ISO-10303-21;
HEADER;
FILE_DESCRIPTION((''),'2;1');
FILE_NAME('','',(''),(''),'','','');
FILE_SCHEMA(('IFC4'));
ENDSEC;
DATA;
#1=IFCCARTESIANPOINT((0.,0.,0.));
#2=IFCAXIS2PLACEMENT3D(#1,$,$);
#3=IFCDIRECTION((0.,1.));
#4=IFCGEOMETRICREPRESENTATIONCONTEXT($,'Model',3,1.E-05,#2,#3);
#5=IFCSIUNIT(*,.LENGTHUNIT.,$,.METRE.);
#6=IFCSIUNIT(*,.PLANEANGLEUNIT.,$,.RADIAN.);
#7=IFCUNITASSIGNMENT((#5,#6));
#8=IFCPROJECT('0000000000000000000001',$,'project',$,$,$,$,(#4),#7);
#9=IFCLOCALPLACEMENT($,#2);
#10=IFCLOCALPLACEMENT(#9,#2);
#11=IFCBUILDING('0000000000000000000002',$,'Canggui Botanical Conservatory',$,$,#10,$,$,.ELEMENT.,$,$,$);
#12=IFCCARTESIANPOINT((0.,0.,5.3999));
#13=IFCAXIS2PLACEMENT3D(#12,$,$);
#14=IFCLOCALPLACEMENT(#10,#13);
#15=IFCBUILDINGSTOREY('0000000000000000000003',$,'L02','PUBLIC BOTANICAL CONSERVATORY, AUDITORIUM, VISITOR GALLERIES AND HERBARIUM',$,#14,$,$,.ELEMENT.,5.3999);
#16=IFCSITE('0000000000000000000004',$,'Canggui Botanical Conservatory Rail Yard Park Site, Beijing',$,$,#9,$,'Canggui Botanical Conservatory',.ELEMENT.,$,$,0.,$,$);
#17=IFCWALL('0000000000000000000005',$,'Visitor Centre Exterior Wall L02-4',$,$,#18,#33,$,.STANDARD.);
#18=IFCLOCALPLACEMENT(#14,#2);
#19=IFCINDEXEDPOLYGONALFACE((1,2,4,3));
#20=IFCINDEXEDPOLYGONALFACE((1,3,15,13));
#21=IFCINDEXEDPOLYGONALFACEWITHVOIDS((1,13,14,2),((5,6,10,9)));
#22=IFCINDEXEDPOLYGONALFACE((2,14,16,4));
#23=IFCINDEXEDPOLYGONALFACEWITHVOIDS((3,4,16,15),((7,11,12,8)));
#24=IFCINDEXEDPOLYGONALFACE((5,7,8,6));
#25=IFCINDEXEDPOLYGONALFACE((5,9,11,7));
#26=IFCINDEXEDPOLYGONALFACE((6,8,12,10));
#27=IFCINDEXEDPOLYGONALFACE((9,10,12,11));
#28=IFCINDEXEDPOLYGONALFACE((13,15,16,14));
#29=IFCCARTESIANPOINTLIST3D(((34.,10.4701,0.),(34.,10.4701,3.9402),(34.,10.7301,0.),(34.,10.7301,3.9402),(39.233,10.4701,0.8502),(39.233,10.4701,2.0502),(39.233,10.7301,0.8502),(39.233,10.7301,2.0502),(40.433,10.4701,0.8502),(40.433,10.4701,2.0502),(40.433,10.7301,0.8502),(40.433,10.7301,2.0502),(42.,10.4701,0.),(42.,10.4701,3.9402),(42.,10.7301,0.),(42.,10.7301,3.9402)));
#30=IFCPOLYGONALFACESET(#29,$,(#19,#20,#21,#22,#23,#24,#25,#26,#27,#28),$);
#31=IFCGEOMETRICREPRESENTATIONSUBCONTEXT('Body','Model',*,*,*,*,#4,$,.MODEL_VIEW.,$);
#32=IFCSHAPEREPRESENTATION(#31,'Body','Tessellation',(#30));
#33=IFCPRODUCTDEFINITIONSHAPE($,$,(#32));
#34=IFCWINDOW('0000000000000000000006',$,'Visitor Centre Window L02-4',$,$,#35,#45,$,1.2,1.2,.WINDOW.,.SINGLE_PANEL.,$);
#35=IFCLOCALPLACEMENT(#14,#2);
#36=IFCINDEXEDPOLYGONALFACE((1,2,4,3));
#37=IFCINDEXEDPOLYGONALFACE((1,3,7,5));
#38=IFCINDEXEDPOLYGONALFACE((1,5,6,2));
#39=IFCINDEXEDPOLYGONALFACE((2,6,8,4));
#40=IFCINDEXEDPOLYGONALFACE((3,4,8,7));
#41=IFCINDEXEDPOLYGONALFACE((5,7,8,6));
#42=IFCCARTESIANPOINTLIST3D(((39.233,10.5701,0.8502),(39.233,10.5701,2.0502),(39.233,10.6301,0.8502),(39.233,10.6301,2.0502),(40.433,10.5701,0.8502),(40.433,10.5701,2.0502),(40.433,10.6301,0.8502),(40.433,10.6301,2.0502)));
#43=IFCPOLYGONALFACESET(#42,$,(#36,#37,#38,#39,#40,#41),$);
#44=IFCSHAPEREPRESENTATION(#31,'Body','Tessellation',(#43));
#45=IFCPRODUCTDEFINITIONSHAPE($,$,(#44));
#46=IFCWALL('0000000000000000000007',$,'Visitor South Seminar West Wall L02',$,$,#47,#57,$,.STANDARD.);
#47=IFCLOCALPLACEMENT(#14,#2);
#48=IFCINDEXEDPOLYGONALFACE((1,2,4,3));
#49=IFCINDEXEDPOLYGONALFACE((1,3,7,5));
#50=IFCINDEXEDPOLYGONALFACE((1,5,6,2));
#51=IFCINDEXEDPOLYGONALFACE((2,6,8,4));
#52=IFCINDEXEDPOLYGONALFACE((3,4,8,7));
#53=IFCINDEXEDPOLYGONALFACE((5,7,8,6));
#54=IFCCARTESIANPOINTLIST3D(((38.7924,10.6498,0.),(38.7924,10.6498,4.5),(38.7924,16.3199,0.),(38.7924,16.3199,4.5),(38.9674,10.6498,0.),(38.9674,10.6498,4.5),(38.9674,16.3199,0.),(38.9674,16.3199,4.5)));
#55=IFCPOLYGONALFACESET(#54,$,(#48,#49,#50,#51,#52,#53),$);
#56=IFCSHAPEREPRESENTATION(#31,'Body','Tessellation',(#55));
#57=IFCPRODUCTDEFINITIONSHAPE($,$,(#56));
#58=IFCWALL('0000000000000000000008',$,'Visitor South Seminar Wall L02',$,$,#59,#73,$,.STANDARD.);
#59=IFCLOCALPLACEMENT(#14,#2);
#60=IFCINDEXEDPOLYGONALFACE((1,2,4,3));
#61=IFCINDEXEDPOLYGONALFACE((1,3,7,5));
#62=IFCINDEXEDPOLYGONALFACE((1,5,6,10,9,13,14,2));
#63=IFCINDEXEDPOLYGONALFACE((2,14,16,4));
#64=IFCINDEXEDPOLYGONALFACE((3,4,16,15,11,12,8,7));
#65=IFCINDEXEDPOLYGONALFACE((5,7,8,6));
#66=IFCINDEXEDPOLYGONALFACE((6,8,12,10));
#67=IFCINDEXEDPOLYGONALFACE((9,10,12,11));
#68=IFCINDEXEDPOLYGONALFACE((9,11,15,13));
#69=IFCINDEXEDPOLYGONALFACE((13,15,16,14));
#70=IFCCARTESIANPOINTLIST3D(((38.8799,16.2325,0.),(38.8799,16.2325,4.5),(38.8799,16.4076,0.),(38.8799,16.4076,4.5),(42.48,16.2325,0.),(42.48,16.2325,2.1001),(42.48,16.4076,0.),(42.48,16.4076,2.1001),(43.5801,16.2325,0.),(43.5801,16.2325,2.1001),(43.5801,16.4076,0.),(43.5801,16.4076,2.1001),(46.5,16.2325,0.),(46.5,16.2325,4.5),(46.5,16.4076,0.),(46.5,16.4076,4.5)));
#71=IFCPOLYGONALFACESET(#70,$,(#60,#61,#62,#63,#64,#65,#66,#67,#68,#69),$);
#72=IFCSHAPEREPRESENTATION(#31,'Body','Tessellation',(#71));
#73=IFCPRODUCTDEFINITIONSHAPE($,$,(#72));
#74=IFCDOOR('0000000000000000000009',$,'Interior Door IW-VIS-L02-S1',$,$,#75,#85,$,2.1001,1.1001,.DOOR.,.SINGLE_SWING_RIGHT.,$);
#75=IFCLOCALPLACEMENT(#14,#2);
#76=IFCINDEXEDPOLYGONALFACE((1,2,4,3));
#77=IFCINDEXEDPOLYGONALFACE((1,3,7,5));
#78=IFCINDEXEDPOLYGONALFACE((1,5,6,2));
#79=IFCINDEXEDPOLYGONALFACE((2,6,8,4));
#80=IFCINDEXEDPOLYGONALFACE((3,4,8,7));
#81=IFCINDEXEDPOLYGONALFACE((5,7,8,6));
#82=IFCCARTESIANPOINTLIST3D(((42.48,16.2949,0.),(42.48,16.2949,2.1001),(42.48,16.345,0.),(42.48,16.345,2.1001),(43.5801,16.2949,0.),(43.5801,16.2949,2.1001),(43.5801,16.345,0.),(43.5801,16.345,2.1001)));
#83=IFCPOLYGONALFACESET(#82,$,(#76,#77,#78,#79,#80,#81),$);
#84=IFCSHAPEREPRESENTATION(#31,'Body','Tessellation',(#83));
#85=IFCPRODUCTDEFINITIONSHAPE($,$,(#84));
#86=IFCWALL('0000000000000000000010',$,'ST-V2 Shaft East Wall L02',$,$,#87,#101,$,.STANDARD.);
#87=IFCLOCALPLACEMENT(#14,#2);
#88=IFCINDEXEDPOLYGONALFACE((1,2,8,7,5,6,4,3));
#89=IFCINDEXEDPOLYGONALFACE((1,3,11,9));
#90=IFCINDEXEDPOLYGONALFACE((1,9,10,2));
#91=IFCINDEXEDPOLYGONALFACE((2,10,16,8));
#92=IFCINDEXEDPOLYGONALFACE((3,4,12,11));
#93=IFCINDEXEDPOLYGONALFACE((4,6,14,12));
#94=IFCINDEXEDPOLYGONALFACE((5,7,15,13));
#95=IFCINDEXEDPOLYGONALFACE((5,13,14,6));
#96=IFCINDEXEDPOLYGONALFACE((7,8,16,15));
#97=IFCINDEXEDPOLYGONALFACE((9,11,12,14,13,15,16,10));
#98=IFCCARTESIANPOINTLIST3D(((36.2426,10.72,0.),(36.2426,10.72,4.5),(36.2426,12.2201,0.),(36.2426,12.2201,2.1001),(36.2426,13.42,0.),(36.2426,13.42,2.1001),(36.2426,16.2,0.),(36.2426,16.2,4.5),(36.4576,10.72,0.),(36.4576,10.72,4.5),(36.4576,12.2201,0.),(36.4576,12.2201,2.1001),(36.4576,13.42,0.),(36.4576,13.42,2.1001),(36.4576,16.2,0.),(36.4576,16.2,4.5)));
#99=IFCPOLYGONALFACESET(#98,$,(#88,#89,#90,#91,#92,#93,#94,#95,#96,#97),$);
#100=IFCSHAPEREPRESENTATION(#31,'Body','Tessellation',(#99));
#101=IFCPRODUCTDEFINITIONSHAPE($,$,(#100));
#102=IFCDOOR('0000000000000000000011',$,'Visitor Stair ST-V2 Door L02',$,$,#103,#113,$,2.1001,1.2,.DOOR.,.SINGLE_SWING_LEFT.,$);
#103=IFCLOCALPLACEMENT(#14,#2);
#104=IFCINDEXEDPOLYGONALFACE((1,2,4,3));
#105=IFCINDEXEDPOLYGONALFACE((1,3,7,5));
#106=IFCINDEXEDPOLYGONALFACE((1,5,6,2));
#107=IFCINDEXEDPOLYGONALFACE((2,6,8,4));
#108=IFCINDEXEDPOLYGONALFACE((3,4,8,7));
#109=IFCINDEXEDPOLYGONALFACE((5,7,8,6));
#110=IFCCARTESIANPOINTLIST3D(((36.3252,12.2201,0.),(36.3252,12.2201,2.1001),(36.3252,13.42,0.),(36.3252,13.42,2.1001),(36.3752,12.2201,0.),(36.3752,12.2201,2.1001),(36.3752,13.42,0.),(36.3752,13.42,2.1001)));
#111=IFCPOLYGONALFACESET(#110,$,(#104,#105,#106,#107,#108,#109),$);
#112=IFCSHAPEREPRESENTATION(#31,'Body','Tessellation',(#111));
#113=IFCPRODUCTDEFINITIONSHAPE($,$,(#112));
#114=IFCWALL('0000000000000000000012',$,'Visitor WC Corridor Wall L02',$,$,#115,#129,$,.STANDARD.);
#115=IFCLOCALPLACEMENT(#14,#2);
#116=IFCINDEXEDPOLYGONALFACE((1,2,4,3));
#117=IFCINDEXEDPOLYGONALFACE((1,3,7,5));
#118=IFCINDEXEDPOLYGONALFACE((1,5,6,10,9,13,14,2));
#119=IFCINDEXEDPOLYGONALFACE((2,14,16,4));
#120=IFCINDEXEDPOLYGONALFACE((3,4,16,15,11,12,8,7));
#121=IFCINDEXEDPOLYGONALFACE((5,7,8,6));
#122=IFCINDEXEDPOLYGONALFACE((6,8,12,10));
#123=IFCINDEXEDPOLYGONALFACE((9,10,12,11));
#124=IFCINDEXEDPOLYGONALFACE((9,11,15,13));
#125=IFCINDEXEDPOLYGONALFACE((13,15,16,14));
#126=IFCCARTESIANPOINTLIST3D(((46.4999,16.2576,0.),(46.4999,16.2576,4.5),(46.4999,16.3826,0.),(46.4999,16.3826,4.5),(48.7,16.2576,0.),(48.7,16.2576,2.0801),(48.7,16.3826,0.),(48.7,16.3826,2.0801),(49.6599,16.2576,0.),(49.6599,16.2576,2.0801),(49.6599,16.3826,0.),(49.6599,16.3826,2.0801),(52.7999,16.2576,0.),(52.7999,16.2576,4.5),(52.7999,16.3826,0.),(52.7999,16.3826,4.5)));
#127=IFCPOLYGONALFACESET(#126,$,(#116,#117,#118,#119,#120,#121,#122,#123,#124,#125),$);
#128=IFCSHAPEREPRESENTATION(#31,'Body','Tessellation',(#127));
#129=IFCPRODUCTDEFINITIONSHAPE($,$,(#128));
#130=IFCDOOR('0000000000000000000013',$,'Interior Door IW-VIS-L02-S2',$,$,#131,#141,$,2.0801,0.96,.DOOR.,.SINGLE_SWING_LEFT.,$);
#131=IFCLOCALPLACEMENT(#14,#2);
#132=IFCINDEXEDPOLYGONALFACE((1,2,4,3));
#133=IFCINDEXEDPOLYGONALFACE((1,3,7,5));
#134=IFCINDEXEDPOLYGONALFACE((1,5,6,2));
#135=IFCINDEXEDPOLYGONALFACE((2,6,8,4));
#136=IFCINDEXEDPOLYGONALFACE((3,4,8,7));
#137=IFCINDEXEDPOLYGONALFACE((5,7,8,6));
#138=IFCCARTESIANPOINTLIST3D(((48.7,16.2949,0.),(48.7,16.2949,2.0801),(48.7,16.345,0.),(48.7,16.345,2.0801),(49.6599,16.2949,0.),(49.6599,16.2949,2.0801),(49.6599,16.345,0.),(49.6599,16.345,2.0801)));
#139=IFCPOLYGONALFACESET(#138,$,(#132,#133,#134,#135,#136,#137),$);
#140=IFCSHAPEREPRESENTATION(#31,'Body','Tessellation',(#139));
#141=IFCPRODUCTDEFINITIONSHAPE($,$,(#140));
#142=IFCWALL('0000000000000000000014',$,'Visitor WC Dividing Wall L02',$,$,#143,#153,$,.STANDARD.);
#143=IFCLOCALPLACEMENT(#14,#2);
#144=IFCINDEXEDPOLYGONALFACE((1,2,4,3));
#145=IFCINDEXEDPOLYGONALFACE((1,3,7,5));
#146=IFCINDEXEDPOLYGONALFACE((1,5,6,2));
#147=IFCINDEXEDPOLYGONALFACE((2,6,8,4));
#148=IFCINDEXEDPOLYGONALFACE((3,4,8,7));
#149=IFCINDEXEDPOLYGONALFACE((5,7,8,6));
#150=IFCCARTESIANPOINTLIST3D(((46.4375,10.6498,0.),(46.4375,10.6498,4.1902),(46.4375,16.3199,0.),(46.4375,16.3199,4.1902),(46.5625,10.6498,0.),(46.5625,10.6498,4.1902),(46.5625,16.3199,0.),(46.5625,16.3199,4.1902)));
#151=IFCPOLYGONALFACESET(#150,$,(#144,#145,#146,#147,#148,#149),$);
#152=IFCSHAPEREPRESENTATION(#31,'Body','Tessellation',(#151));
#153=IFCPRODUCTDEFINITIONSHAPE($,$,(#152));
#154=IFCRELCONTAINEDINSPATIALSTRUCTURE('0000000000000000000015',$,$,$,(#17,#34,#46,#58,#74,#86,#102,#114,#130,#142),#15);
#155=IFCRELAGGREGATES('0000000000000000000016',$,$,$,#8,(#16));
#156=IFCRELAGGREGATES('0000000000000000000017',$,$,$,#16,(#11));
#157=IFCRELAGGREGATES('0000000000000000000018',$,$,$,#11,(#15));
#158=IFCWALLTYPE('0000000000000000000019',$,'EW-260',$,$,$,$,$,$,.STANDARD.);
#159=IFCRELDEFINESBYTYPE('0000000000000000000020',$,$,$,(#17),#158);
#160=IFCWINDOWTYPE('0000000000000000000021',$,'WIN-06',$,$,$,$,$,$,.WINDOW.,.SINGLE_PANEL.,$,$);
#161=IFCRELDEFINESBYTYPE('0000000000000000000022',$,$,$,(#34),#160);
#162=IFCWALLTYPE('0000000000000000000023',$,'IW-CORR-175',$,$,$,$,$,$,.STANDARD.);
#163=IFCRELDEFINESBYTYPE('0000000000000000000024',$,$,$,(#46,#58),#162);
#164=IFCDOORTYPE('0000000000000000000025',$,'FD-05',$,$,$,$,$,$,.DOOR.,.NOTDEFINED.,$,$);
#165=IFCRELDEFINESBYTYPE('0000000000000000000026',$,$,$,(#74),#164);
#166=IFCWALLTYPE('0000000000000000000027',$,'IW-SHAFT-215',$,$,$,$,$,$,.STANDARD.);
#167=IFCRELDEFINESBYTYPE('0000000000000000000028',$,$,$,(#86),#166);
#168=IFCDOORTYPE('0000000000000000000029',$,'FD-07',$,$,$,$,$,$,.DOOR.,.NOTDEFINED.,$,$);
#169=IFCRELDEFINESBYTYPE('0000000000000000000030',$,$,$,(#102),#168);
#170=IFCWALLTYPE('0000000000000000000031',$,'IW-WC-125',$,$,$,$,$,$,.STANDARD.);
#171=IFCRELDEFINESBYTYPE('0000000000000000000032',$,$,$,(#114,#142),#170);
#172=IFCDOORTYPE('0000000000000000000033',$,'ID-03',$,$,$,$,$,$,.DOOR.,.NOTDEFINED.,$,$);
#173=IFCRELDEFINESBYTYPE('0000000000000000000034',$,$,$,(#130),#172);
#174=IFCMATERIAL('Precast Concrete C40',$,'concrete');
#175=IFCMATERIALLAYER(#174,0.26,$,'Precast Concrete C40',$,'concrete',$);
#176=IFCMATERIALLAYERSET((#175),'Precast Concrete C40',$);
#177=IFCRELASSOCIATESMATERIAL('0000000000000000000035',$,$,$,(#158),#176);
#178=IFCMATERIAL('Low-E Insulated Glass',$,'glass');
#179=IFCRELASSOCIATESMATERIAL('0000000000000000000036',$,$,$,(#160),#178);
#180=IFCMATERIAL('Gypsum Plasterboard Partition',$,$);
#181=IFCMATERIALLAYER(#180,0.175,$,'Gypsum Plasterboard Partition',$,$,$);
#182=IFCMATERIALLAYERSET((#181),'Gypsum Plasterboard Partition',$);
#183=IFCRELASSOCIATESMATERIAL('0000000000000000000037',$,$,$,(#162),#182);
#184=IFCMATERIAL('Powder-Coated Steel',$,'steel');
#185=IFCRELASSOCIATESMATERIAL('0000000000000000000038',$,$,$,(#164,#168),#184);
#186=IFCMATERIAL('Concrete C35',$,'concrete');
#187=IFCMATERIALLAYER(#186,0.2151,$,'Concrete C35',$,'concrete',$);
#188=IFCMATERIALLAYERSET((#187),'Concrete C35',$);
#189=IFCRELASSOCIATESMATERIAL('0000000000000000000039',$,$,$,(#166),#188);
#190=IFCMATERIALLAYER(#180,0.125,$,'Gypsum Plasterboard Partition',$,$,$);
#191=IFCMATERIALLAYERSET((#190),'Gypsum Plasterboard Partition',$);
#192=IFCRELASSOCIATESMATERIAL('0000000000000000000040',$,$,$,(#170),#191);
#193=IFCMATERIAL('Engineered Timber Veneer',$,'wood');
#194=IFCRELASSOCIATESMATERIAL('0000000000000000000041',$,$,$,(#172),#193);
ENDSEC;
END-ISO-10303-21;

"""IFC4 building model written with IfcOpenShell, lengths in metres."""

from ifc_helpers import new_model, si_unit, direction, frame, frame_2d, origin, place, context, subcontext, project, spatial, rectangle, extrude, material, layer, layer_set, type_object, element, fill, save


model = new_model("IFC4")

# Units and contexts
model_context = context("Model", 3, precision=1e-05, world=origin(), true_north=direction((0.0, 1.0)))
body_context = subcontext(model_context, "Body", "Model", "MODEL_VIEW")
ifc_project = project(units=[si_unit("LENGTHUNIT", "METRE"), si_unit("PLANEANGLEUNIT", "RADIAN")], contexts=[model_context])

# Site, building, storey
site_placement = place(None, origin())
site = spatial("IfcSite", under=ifc_project, at=site_placement, Name="Canggui Botanical Conservatory Rail Yard Park Site, Beijing", LongName="Canggui Botanical Conservatory", CompositionType="ELEMENT", RefElevation=0.0)
building_placement = place(site_placement, origin())
building = spatial("IfcBuilding", under=site, at=building_placement, Name="Canggui Botanical Conservatory", CompositionType="ELEMENT")
storey_placement = place(building_placement, frame((0.0, 0.0, 5.3999)))
storey = spatial("IfcBuildingStorey", under=building, at=storey_placement, Name="L02", Description="PUBLIC BOTANICAL CONSERVATORY, AUDITORIUM, VISITOR GALLERIES AND HERBARIUM", CompositionType="ELEMENT", Elevation=5.3999)

# Shared definitions
ifc_material_1 = material(Name="Concrete C35", Category="concrete")

# Wall, opening, window
ifc_material_2 = material(Name="Precast Concrete C40", Category="concrete")
ifc_layer_1 = layer(ifc_material_2, 0.26, Name="Precast Concrete C40", Category="concrete")
ifc_layer_set_1 = layer_set([ifc_layer_1], Name="Precast Concrete C40")
wall_type_1 = type_object("IfcWallType", Name="EW-260", PredefinedType="STANDARD", material=ifc_layer_set_1)
wall_1_placement = place(storey_placement, frame((42.0, 10.6001, 0.0), z_axis=(0.0, 0.0, 1.0), x_axis=(-1.0, 0.0, 0.0)))
wall_1 = element("IfcWall", 1, at=wall_1_placement, inside=storey, type_object=wall_type_1, Name="Visitor Centre Exterior Wall L02-4", PredefinedType="STANDARD", context=body_context, shape_type="SweptSolid", body=[
    extrude(rectangle(XDim=8.0, YDim=0.26, at=frame_2d((4.0, 0.0))), origin(), (0.0, 0.0, 1.0), 3.9402),
])
opening_1_placement = place(wall_1_placement, frame((1.5669, 0.0, 0.8501)))
opening_1 = element("IfcOpeningElement", 2, at=opening_1_placement, cuts=wall_1, PredefinedType="OPENING", context=body_context, shape_type="SweptSolid", body=[
    extrude(rectangle(XDim=1.2, YDim=1.2, at=frame_2d((0.6001, 0.6001))), frame((0.0, 0.1401, 0.0), z_axis=(0.0, -1.0, 0.0), x_axis=(1.0, 0.0, 0.0)), (0.0, 0.0, 1.0), 0.28),
])
ifc_material_3 = material(Name="Low-E Insulated Glass", Category="glass")
window_type = type_object("IfcWindowType", Name="WIN-06", PartitioningType="SINGLE_PANEL", PredefinedType="WINDOW", material=ifc_material_3)
window_placement = place(opening_1_placement, origin())
window = element("IfcWindow", 3, at=window_placement, inside=storey, type_object=window_type, Name="Visitor Centre Window L02-4", OverallHeight=1.2, OverallWidth=1.2, PartitioningType="SINGLE_PANEL", PredefinedType="WINDOW", context=body_context, shape_type="SweptSolid", body=[
    extrude(rectangle(XDim=1.2, YDim=1.2, at=frame_2d((0.6001, 0.6001))), frame((0.0, 0.03, 0.0), z_axis=(0.0, -1.0, 0.0), x_axis=(1.0, 0.0, 0.0)), (0.0, 0.0, 1.0), 0.0601),
])
fill(opening_1, window)

# Wall
ifc_material_4 = material(Name="Gypsum Plasterboard Partition")
ifc_layer_2 = layer(ifc_material_4, 0.175, Name="Gypsum Plasterboard Partition")
ifc_layer_set_2 = layer_set([ifc_layer_2], Name="Gypsum Plasterboard Partition")
wall_type_2 = type_object("IfcWallType", Name="IW-CORR-175", PredefinedType="STANDARD", material=ifc_layer_set_2)
wall_2_placement = place(storey_placement, frame((38.8799, 10.6499, 0.0), z_axis=(0.0, 0.0, 1.0), x_axis=(0.0, 1.0, 0.0)))
element("IfcWall", 4, at=wall_2_placement, inside=storey, type_object=wall_type_2, Name="Visitor South Seminar West Wall L02", PredefinedType="STANDARD", context=body_context, shape_type="SweptSolid", body=[
    extrude(rectangle(XDim=5.6702, YDim=0.175, at=frame_2d((2.835, 0.0))), origin(), (0.0, 0.0, 1.0), 4.5),
])

# Walls, openings, doors
wall_3_placement = place(storey_placement, frame((38.8799, 16.3201, 0.0), z_axis=(0.0, 0.0, 1.0), x_axis=(1.0, 0.0, 0.0)))
wall_3 = element("IfcWall", 5, at=wall_3_placement, inside=storey, type_object=wall_type_2, Name="Visitor South Seminar Wall L02", PredefinedType="STANDARD", context=body_context, shape_type="SweptSolid", body=[
    extrude(rectangle(XDim=7.6201, YDim=0.175, at=frame_2d((3.8101, 0.0))), origin(), (0.0, 0.0, 1.0), 4.5),
])
opening_2_placement = place(wall_3_placement, frame((3.6001, 0.0, 0.0)))
opening_2 = element("IfcOpeningElement", 6, at=opening_2_placement, cuts=wall_3, PredefinedType="OPENING", context=body_context, shape_type="SweptSolid", body=[
    extrude(rectangle(XDim=1.1001, YDim=2.1001, at=frame_2d((0.55, 1.05))), frame((0.0, 0.0977, 0.0), z_axis=(0.0, -1.0, 0.0), x_axis=(1.0, 0.0, 0.0)), (0.0, 0.0, 1.0), 0.1951),
])
ifc_material_5 = material(Name="Powder-Coated Steel", Category="steel")
door_type_1 = type_object("IfcDoorType", Name="FD-05", OperationType="NOTDEFINED", PredefinedType="DOOR", material=ifc_material_5)
door_1_placement = place(opening_2_placement, origin())
door_1 = element("IfcDoor", 7, at=door_1_placement, inside=storey, type_object=door_type_1, Name="Interior Door IW-VIS-L02-S1", OperationType="SINGLE_SWING_RIGHT", OverallHeight=2.1001, OverallWidth=1.1001, PredefinedType="DOOR", context=body_context, shape_type="SweptSolid", body=[
    extrude(rectangle(XDim=1.1001, YDim=2.1001, at=frame_2d((0.55, 1.05))), frame((0.0, 0.0249, 0.0), z_axis=(0.0, -1.0, 0.0), x_axis=(1.0, 0.0, 0.0)), (0.0, 0.0, 1.0), 0.05),
])
fill(opening_2, door_1)
ifc_layer_3 = layer(ifc_material_1, 0.2151, Name="Concrete C35", Category="concrete")
ifc_layer_set_3 = layer_set([ifc_layer_3], Name="Concrete C35")
wall_type_3 = type_object("IfcWallType", Name="IW-SHAFT-215", PredefinedType="STANDARD", material=ifc_layer_set_3)
wall_4_placement = place(storey_placement, frame((36.3501, 10.72, 0.0), z_axis=(0.0, 0.0, 1.0), x_axis=(0.0, 1.0, 0.0)))
wall_4 = element("IfcWall", 8, at=wall_4_placement, inside=storey, type_object=wall_type_3, Name="ST-V2 Shaft East Wall L02", PredefinedType="STANDARD", context=body_context, shape_type="SweptSolid", body=[
    extrude(rectangle(XDim=5.48, YDim=0.2151, at=frame_2d((2.74, 0.0))), origin(), (0.0, 0.0, 1.0), 4.5),
])
opening_3_placement = place(wall_4_placement, frame((1.5, 0.0, 0.0)))
opening_3 = element("IfcOpeningElement", 9, at=opening_3_placement, cuts=wall_4, PredefinedType="OPENING", context=body_context, shape_type="SweptSolid", body=[
    extrude(rectangle(XDim=1.2, YDim=2.1001, at=frame_2d((0.6001, 1.05))), frame((0.0, 0.1177, 0.0), z_axis=(0.0, -1.0, 0.0), x_axis=(1.0, 0.0, 0.0)), (0.0, 0.0, 1.0), 0.2351),
])
door_type_2 = type_object("IfcDoorType", Name="FD-07", OperationType="NOTDEFINED", PredefinedType="DOOR", material=ifc_material_5)
door_2_placement = place(opening_3_placement, origin())
door_2 = element("IfcDoor", 10, at=door_2_placement, inside=storey, type_object=door_type_2, Name="Visitor Stair ST-V2 Door L02", OperationType="SINGLE_SWING_LEFT", OverallHeight=2.1001, OverallWidth=1.2, PredefinedType="DOOR", context=body_context, shape_type="SweptSolid", body=[
    extrude(rectangle(XDim=1.2, YDim=2.1001, at=frame_2d((0.6001, 1.05))), frame((0.0, 0.0249, 0.0), z_axis=(0.0, -1.0, 0.0), x_axis=(1.0, 0.0, 0.0)), (0.0, 0.0, 1.0), 0.05),
])
fill(opening_3, door_2)
ifc_layer_4 = layer(ifc_material_4, 0.125, Name="Gypsum Plasterboard Partition")
ifc_layer_set_4 = layer_set([ifc_layer_4], Name="Gypsum Plasterboard Partition")
wall_type_4 = type_object("IfcWallType", Name="IW-WC-125", PredefinedType="STANDARD", material=ifc_layer_set_4)
wall_5_placement = place(storey_placement, frame((46.5, 16.3201, 0.0), z_axis=(0.0, 0.0, 1.0), x_axis=(1.0, 0.0, 0.0)))
wall_5 = element("IfcWall", 11, at=wall_5_placement, inside=storey, type_object=wall_type_4, Name="Visitor WC Corridor Wall L02", PredefinedType="STANDARD", context=body_context, shape_type="SweptSolid", body=[
    extrude(rectangle(XDim=6.3, YDim=0.125, at=frame_2d((3.1499, 0.0))), origin(), (0.0, 0.0, 1.0), 4.5),
])
opening_4_placement = place(wall_5_placement, frame((2.2, 0.0, 0.0)))
opening_4 = element("IfcOpeningElement", 12, at=opening_4_placement, cuts=wall_5, PredefinedType="OPENING", context=body_context, shape_type="SweptSolid", body=[
    extrude(rectangle(XDim=0.96, YDim=2.0801, at=frame_2d((0.48, 1.04))), frame((0.0, 0.0725, 0.0), z_axis=(0.0, -1.0, 0.0), x_axis=(1.0, 0.0, 0.0)), (0.0, 0.0, 1.0), 0.145),
])
ifc_material_6 = material(Name="Engineered Timber Veneer", Category="wood")
door_type_3 = type_object("IfcDoorType", Name="ID-03", OperationType="NOTDEFINED", PredefinedType="DOOR", material=ifc_material_6)
door_3_placement = place(opening_4_placement, origin())
door_3 = element("IfcDoor", 13, at=door_3_placement, inside=storey, type_object=door_type_3, Name="Interior Door IW-VIS-L02-S2", OperationType="SINGLE_SWING_LEFT", OverallHeight=2.0801, OverallWidth=0.96, PredefinedType="DOOR", context=body_context, shape_type="SweptSolid", body=[
    extrude(rectangle(XDim=0.96, YDim=2.0801, at=frame_2d((0.48, 1.04))), frame((0.0, 0.0249, 0.0), z_axis=(0.0, -1.0, 0.0), x_axis=(1.0, 0.0, 0.0)), (0.0, 0.0, 1.0), 0.05),
])
fill(opening_4, door_3)

# Wall
wall_6_placement = place(storey_placement, frame((46.5, 10.6499, 0.0), z_axis=(0.0, 0.0, 1.0), x_axis=(0.0, 1.0, 0.0)))
element("IfcWall", 14, at=wall_6_placement, inside=storey, type_object=wall_type_4, Name="Visitor WC Dividing Wall L02", PredefinedType="STANDARD", context=body_context, shape_type="SweptSolid", body=[
    extrude(rectangle(XDim=5.6702, YDim=0.125, at=frame_2d((2.835, 0.0))), origin(), (0.0, 0.0, 1.0), 4.1902),
])

save(model, "model.ifc")
